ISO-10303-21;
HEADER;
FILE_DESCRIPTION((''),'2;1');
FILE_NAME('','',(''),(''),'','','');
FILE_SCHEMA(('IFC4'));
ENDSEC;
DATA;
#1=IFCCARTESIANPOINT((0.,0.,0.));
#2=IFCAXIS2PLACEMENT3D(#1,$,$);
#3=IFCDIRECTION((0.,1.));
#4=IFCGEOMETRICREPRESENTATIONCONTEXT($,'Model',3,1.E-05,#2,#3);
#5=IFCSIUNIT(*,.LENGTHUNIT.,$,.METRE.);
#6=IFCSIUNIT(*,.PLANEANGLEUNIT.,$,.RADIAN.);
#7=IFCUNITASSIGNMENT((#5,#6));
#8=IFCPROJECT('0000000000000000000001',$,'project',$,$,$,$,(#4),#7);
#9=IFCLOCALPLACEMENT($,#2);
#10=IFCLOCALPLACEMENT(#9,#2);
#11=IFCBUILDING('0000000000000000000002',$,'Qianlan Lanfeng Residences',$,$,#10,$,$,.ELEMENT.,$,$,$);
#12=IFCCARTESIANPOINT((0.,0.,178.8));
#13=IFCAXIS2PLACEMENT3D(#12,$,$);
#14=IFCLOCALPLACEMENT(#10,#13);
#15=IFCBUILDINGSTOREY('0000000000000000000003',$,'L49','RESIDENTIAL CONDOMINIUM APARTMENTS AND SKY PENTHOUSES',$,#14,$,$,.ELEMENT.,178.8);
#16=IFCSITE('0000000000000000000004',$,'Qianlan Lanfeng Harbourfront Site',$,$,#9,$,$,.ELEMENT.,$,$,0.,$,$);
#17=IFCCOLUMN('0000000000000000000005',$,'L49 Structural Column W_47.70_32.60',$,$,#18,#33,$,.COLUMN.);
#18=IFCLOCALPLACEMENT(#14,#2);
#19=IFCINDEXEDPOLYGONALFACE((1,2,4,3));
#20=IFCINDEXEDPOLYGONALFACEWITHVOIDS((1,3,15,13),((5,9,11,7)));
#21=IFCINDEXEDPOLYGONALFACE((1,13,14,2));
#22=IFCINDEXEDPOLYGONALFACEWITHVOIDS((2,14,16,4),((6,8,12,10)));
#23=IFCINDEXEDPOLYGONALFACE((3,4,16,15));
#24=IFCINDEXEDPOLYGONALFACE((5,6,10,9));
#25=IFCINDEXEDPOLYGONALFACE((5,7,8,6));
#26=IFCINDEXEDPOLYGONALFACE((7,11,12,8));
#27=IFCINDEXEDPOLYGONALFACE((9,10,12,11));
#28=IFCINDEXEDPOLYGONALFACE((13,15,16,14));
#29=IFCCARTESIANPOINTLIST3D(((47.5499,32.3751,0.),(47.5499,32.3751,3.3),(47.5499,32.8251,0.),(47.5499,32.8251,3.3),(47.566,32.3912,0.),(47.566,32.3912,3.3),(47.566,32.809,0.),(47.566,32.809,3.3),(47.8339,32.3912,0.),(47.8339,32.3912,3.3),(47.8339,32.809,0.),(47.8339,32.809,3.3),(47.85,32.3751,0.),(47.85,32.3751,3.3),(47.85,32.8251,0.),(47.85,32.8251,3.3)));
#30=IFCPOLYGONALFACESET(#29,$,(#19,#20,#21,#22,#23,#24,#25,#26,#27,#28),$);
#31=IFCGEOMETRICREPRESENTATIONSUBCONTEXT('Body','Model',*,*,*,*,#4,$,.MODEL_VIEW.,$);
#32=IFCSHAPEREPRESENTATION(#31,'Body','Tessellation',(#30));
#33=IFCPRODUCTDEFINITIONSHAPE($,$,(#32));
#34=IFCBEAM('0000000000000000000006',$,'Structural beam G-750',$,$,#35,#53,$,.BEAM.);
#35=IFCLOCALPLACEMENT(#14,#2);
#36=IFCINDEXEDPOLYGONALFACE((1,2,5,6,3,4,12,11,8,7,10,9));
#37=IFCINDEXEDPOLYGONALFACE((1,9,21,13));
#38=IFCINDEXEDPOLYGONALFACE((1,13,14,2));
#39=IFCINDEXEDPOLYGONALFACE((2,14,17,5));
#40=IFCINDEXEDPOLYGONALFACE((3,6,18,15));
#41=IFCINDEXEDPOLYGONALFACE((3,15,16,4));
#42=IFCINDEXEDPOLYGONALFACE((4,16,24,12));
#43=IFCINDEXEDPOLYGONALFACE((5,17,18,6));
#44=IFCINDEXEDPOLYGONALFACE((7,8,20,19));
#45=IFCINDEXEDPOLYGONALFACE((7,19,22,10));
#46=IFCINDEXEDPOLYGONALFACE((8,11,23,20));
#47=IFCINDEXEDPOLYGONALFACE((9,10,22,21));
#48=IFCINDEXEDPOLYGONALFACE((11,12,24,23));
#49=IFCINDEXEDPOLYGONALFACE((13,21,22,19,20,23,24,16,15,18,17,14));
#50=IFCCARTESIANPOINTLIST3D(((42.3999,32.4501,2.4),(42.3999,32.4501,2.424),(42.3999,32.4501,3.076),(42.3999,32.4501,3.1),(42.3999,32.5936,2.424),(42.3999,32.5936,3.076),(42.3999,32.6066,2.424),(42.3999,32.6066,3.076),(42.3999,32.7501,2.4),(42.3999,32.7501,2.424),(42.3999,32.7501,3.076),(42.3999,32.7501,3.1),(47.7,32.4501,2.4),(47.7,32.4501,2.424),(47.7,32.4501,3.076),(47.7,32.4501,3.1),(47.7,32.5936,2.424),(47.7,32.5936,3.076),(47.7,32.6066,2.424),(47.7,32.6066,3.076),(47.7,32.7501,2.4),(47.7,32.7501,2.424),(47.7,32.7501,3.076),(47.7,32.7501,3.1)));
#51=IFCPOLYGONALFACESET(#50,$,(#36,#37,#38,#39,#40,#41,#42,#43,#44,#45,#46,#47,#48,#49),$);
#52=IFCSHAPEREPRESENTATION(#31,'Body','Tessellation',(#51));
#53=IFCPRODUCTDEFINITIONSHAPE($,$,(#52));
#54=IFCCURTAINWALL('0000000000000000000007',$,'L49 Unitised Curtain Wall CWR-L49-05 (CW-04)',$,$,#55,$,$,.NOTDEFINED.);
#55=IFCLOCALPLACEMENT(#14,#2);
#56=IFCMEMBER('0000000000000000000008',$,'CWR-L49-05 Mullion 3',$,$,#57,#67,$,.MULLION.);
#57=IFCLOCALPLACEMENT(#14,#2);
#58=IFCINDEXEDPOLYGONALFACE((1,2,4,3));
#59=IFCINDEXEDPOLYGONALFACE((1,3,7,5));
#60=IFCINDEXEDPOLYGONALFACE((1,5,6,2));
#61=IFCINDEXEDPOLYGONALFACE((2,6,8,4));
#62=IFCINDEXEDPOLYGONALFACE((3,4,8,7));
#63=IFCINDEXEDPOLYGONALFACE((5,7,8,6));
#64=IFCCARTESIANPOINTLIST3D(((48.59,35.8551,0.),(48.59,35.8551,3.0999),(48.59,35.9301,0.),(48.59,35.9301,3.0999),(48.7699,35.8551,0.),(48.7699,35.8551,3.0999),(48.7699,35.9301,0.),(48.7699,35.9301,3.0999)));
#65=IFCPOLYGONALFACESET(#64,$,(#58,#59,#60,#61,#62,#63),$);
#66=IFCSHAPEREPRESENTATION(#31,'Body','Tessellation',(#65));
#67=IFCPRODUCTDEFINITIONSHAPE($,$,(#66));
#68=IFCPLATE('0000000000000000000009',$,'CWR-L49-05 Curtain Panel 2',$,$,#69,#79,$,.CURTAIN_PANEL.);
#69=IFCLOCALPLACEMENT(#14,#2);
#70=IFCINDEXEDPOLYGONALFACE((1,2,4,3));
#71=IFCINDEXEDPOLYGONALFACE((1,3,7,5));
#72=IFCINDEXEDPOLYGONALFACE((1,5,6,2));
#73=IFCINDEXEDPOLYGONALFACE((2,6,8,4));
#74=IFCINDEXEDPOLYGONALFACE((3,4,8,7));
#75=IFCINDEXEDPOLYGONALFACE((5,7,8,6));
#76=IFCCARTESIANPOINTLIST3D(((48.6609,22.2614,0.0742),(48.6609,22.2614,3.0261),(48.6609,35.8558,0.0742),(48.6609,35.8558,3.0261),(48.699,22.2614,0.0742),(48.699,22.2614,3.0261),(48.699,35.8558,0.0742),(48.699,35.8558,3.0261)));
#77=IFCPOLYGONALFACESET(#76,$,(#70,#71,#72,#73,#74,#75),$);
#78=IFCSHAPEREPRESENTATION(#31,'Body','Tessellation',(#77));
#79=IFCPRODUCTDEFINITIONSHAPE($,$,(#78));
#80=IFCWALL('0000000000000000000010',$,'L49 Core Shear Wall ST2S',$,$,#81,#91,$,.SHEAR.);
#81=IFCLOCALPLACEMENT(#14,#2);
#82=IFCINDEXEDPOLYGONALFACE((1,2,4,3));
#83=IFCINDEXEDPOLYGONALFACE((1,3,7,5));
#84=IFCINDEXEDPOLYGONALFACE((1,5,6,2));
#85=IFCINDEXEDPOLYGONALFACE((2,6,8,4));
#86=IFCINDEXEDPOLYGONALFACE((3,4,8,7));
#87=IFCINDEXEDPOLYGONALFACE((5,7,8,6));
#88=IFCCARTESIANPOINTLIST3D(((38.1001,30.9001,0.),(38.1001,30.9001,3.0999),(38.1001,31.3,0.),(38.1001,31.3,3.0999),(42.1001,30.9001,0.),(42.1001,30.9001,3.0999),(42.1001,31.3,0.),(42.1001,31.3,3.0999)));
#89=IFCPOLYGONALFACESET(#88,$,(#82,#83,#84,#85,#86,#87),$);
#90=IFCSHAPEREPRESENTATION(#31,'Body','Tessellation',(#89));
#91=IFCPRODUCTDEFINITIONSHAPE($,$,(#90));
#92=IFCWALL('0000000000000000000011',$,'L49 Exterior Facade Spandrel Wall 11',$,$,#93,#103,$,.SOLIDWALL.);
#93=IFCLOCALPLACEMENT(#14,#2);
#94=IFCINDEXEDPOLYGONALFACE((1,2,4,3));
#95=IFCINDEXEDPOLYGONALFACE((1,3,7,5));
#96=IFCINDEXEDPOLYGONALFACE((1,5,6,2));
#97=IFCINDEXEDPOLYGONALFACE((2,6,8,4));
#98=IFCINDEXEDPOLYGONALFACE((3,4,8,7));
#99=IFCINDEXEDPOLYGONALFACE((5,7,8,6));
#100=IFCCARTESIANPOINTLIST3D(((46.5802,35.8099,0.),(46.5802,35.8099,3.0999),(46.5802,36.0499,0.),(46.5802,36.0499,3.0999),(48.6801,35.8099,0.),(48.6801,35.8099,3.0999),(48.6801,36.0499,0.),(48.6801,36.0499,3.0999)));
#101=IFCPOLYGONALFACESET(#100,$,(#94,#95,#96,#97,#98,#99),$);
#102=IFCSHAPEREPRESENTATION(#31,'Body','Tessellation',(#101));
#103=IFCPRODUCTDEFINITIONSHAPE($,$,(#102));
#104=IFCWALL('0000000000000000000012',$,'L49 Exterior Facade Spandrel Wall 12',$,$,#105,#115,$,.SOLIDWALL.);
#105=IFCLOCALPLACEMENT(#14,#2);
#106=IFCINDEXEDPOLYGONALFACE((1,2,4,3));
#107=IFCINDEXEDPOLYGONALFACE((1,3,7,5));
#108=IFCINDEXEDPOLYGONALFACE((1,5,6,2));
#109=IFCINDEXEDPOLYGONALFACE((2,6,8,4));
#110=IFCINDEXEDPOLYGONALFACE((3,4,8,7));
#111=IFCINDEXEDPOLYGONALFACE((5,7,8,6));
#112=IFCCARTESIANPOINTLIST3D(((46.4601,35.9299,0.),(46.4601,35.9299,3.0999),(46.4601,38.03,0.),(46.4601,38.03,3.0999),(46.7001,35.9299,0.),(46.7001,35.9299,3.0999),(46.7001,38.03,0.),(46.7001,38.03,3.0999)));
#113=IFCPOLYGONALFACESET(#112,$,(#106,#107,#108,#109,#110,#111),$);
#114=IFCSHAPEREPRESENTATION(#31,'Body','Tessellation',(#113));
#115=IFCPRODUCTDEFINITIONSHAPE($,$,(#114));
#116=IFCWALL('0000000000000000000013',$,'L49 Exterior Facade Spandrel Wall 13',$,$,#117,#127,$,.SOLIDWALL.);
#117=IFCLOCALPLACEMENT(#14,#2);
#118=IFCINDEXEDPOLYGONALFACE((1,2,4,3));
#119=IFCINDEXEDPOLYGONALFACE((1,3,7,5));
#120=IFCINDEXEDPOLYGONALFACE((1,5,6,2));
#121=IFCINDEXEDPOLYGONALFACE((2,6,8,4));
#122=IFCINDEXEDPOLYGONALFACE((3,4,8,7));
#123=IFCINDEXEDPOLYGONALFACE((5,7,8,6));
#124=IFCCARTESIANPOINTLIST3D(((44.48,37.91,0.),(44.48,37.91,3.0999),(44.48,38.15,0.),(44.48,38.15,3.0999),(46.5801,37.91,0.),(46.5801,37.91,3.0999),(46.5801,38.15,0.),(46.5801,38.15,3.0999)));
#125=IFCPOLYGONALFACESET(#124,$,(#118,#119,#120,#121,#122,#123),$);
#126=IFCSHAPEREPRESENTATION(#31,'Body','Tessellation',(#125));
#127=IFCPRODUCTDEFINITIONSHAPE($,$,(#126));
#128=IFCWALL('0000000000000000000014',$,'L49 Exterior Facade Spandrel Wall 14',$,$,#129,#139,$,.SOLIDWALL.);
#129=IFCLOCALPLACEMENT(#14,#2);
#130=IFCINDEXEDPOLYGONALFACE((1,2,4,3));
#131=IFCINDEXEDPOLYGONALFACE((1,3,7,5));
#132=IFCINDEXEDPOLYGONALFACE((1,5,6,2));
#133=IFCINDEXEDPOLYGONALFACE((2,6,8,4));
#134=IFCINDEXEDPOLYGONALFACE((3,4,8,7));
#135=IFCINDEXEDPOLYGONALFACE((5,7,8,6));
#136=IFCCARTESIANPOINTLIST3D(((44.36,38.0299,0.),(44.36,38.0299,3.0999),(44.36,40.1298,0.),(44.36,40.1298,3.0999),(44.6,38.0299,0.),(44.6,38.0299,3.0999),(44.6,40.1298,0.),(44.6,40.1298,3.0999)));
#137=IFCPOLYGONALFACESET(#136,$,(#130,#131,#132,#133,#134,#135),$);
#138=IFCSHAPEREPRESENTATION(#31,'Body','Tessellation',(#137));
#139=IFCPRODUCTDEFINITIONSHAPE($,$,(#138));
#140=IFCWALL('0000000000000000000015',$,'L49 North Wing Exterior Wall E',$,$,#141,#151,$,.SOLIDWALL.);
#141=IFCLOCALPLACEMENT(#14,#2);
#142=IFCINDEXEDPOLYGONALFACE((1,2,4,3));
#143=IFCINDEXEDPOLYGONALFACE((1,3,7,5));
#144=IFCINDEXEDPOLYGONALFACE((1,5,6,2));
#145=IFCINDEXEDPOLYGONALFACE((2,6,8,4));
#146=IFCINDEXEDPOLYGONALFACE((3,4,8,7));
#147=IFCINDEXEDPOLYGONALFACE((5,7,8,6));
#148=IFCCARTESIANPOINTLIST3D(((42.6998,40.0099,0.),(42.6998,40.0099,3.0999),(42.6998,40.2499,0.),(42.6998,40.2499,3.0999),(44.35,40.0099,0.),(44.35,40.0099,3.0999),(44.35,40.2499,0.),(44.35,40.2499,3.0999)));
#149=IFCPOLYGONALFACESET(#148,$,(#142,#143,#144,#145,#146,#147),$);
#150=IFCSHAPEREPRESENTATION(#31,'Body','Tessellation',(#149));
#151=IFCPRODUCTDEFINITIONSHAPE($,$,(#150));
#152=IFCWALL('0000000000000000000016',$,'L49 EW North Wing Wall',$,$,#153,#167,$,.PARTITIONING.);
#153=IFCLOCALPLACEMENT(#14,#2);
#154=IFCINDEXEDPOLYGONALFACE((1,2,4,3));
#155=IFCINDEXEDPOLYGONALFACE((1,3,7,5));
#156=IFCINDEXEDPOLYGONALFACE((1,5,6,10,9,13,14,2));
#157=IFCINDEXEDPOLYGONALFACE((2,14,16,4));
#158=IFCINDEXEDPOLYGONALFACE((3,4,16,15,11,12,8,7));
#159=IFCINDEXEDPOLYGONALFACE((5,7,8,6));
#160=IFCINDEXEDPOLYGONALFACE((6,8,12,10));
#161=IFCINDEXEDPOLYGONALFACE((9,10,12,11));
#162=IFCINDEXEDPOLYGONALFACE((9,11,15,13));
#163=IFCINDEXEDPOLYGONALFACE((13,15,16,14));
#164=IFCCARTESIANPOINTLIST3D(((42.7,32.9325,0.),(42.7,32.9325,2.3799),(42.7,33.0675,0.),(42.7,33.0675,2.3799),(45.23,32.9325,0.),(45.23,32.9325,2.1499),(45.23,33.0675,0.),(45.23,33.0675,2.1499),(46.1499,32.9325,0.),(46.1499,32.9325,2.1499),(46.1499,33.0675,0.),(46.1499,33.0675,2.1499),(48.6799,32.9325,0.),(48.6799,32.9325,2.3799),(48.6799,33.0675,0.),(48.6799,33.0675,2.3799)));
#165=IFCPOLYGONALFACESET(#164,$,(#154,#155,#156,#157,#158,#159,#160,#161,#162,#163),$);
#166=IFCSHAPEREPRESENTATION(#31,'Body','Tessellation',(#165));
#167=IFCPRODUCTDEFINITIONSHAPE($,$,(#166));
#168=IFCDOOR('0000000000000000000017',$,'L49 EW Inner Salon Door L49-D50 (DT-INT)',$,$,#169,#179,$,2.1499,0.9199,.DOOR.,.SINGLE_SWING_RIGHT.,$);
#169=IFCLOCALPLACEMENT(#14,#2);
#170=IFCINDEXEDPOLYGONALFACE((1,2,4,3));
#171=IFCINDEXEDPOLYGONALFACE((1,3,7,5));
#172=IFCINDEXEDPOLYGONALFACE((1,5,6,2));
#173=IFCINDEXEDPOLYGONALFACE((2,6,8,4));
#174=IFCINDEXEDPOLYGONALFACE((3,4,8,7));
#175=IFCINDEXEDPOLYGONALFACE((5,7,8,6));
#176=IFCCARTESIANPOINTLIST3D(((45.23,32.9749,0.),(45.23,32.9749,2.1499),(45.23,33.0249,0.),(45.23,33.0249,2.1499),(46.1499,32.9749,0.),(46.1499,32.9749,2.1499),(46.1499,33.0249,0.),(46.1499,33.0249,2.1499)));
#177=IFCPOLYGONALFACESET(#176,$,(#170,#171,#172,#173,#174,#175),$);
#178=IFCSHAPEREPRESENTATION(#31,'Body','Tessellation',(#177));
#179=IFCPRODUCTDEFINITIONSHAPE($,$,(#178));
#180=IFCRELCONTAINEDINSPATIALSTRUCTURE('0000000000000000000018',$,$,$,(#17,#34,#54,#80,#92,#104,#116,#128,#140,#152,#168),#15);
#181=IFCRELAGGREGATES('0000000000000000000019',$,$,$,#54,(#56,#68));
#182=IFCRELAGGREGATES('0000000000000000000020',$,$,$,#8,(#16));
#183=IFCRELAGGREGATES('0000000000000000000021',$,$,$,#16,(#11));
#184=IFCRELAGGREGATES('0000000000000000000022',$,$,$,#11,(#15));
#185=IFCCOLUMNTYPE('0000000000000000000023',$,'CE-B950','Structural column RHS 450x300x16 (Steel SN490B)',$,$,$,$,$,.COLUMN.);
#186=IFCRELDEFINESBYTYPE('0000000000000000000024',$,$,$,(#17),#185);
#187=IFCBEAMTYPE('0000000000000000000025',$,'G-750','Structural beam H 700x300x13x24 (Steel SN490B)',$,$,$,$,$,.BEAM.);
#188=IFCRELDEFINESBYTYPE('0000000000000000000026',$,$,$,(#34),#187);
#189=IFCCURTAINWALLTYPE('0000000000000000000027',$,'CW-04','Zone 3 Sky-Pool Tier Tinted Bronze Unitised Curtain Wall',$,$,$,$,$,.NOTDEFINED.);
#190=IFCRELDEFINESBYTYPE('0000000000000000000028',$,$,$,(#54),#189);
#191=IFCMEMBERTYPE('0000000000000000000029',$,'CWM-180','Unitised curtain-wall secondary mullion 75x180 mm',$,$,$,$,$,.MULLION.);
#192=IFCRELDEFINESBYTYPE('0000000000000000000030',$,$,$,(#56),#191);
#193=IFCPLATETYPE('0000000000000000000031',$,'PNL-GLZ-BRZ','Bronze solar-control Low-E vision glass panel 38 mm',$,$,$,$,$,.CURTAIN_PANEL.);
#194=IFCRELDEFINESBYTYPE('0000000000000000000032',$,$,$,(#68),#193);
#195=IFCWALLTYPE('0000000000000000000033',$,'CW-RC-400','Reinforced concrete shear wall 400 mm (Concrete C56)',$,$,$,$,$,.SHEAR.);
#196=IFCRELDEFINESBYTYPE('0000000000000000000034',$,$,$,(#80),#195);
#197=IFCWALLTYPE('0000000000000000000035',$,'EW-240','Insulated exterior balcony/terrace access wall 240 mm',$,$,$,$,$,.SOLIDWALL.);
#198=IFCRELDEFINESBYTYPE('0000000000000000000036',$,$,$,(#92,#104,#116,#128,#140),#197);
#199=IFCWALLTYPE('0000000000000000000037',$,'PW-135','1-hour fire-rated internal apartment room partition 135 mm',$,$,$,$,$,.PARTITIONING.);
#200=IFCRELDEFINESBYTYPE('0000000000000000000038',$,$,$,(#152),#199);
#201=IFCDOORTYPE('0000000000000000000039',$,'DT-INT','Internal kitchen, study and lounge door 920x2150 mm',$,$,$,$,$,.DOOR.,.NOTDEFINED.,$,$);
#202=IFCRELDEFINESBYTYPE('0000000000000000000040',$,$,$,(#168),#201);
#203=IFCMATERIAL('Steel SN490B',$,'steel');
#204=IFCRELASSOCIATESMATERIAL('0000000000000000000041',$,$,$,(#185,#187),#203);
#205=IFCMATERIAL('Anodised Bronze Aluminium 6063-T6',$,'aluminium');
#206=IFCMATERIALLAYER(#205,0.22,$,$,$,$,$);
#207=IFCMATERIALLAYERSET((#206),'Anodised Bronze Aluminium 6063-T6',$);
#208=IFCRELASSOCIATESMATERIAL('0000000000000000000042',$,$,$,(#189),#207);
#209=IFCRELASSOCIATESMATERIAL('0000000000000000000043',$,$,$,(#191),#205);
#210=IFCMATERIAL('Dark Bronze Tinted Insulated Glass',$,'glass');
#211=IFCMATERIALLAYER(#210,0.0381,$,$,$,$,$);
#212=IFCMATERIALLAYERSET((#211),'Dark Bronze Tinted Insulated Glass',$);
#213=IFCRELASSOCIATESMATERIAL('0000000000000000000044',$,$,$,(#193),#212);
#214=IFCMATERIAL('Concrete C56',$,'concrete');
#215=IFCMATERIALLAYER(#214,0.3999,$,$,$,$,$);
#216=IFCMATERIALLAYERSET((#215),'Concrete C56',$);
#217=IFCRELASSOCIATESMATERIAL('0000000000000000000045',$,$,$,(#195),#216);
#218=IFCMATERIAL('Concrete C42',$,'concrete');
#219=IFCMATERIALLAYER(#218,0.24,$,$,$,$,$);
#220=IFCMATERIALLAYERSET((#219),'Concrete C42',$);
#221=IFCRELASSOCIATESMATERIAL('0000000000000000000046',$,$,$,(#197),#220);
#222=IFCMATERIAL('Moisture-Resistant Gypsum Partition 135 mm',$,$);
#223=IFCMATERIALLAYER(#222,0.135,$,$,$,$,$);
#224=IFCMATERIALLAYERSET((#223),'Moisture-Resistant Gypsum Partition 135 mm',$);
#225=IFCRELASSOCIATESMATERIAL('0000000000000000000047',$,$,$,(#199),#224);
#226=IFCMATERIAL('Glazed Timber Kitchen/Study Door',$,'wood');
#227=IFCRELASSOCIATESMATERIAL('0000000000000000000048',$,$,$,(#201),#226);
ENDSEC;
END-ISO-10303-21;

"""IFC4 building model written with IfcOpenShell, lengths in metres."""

from ifc_helpers import new_model, si_unit, direction, frame, frame_2d, origin, origin_2d, place, context, subcontext, project, spatial, rectangle, hollow_rectangle, i_section, extrude, source, transform, mapped, material, layer, layer_set, material_profile, profile_set, type_object, element, fill, aggregate, save


model = new_model("IFC4")

# Units and contexts
model_context = context("Model", 3, precision=1e-05, world=origin(), true_north=direction((0.0, 1.0)))
body_context = subcontext(model_context, "Body", "Model", "MODEL_VIEW")
ifc_project = project(units=[si_unit("LENGTHUNIT", "METRE"), si_unit("PLANEANGLEUNIT", "RADIAN")], contexts=[model_context])

# Site, building, storey
site_placement = place(None, origin())
site = spatial("IfcSite", under=ifc_project, at=site_placement, Name="Qianlan Lanfeng Harbourfront Site", CompositionType="ELEMENT", RefElevation=0.0)
building_placement = place(site_placement, origin())
building = spatial("IfcBuilding", under=site, at=building_placement, Name="Qianlan Lanfeng Residences", CompositionType="ELEMENT")
storey_placement = place(building_placement, frame((0.0, 0.0, 178.8)))
storey = spatial("IfcBuildingStorey", under=building, at=storey_placement, Name="L49", Description="RESIDENTIAL CONDOMINIUM APARTMENTS AND SKY PENTHOUSES", CompositionType="ELEMENT", Elevation=178.8)

# Column
ifc_material_1 = material(Name="Steel SN490B", Category="steel")
ifc_material_profile_1 = material_profile(ifc_material_1, hollow_rectangle(XDim=0.3, YDim=0.45, WallThickness=0.0161, at=origin_2d()), Name="RHS 450x300x16")
ifc_profile_set_1 = profile_set([ifc_material_profile_1], Name="Steel SN490B")
column_type = type_object("IfcColumnType", Name="CE-B950", Description="Structural column RHS 450x300x16 (Steel SN490B)", PredefinedType="COLUMN", material=ifc_profile_set_1)
column_placement = place(storey_placement, frame((47.7, 32.6001, 0.0), z_axis=(0.0, 0.0, 1.0), x_axis=(1.0, 0.0, 0.0)))
element("IfcColumn", 1, at=column_placement, inside=storey, type_object=column_type, Name="L49 Structural Column W_47.70_32.60", PredefinedType="COLUMN", context=body_context, shape_type="SweptSolid", body=[
    extrude(hollow_rectangle(XDim=0.3, YDim=0.45, WallThickness=0.0161, at=origin_2d()), origin(), (0.0, 0.0, 1.0), 3.3),
])

# Beam
ifc_material_profile_2 = material_profile(ifc_material_1, i_section(OverallWidth=0.3, OverallDepth=0.7, WebThickness=0.0129, FlangeThickness=0.0239, at=origin_2d()), Name="H 700x300x13x24")
ifc_profile_set_2 = profile_set([ifc_material_profile_2], Name="Steel SN490B")
beam_type = type_object("IfcBeamType", Name="G-750", Description="Structural beam H 700x300x13x24 (Steel SN490B)", PredefinedType="BEAM", material=ifc_profile_set_2)
beam_placement = place(storey_placement, frame((42.3999, 32.6001, 2.75), z_axis=(1.0, 0.0, 0.0), x_axis=(0.0, 1.0, 0.0)))
element("IfcBeam", 2, at=beam_placement, inside=storey, type_object=beam_type, Name="Structural beam G-750", PredefinedType="BEAM", context=body_context, shape_type="SweptSolid", body=[
    extrude(i_section(OverallWidth=0.3, OverallDepth=0.7, WebThickness=0.0129, FlangeThickness=0.0239, at=origin_2d()), origin(), (0.0, 0.0, 1.0), 5.3),
])

# Curtain wall, member, plate
ifc_material_2 = material(Name="Anodised Bronze Aluminium 6063-T6", Category="aluminium")
ifc_layer_1 = layer(ifc_material_2, 0.22)
ifc_layer_set_1 = layer_set([ifc_layer_1], Name="Anodised Bronze Aluminium 6063-T6")
curtain_wall_type = type_object("IfcCurtainWallType", Name="CW-04", Description="Zone 3 Sky-Pool Tier Tinted Bronze Unitised Curtain Wall", PredefinedType="NOTDEFINED", material=ifc_layer_set_1)
curtain_wall_placement = place(storey_placement, origin())
curtain_wall = element("IfcCurtainWall", 3, at=curtain_wall_placement, inside=storey, type_object=curtain_wall_type, Name="L49 Unitised Curtain Wall CWR-L49-05 (CW-04)", PredefinedType="NOTDEFINED")
ifc_material_profile_3 = material_profile(ifc_material_2, rectangle(XDim=0.075, YDim=0.1799, at=origin_2d()), Name="ALU MULLION 75x180")
ifc_profile_set_3 = profile_set([ifc_material_profile_3], Name="Anodised Bronze Aluminium 6063-T6")
member_type = type_object("IfcMemberType", Name="CWM-180", Description="Unitised curtain-wall secondary mullion 75x180 mm", PredefinedType="MULLION", material=ifc_profile_set_3)
shared_shape_1 = source(origin(), body_context, "Body", "SweptSolid", [
    extrude(rectangle(XDim=0.075, YDim=0.1799, at=origin_2d()), origin(), (0.0, 0.0, 1.0), 3.0999),
])
member_placement = place(storey_placement, frame((48.6799, 35.8926, 0.0), z_axis=(0.0, 0.0, 1.0), x_axis=(0.0, 1.0, 0.0)))
member = element("IfcMember", 4, at=member_placement, type_object=member_type, Name="CWR-L49-05 Mullion 3", PredefinedType="MULLION", context=body_context, shape_type="MappedRepresentation", body=[
    mapped(shared_shape_1, transform((0.0, 0.0, 0.0), scale=1.0)),
])
ifc_material_3 = material(Name="Dark Bronze Tinted Insulated Glass", Category="glass")
ifc_layer_2 = layer(ifc_material_3, 0.0381)
ifc_layer_set_2 = layer_set([ifc_layer_2], Name="Dark Bronze Tinted Insulated Glass")
plate_type = type_object("IfcPlateType", Name="PNL-GLZ-BRZ", Description="Bronze solar-control Low-E vision glass panel 38 mm", PredefinedType="CURTAIN_PANEL", material=ifc_layer_set_2)
shared_shape_2 = source(origin(), body_context, "Body", "SweptSolid", [
    extrude(rectangle(XDim=13.5945, YDim=0.0381, at=origin_2d()), origin(), (0.0, 0.0, 1.0), 2.9519),
])
plate_placement = place(storey_placement, frame((48.6799, 29.0586, 0.0742), z_axis=(0.0, 0.0, 1.0), x_axis=(0.0, 1.0, 0.0)))
plate = element("IfcPlate", 5, at=plate_placement, type_object=plate_type, Name="CWR-L49-05 Curtain Panel 2", PredefinedType="CURTAIN_PANEL", context=body_context, shape_type="MappedRepresentation", body=[
    mapped(shared_shape_2, transform((0.0, 0.0, 0.0), scale=1.0)),
])
aggregate(curtain_wall, [member, plate])

# Walls
ifc_material_4 = material(Name="Concrete C56", Category="concrete")
ifc_layer_3 = layer(ifc_material_4, 0.3999)
ifc_layer_set_3 = layer_set([ifc_layer_3], Name="Concrete C56")
wall_type_1 = type_object("IfcWallType", Name="CW-RC-400", Description="Reinforced concrete shear wall 400 mm (Concrete C56)", PredefinedType="SHEAR", material=ifc_layer_set_3)
wall_1_placement = place(storey_placement, frame((38.1001, 31.1001, 0.0), z_axis=(0.0, 0.0, 1.0), x_axis=(1.0, 0.0, 0.0)))
element("IfcWall", 6, at=wall_1_placement, inside=storey, type_object=wall_type_1, Name="L49 Core Shear Wall ST2S", PredefinedType="SHEAR", context=body_context, shape_type="SweptSolid", body=[
    extrude(rectangle(XDim=4.0, YDim=0.3999, at=frame_2d((2.0, 0.0))), origin(), (0.0, 0.0, 1.0), 3.0999),
])
ifc_material_5 = material(Name="Concrete C42", Category="concrete")
ifc_layer_4 = layer(ifc_material_5, 0.24)
ifc_layer_set_4 = layer_set([ifc_layer_4], Name="Concrete C42")
wall_type_2 = type_object("IfcWallType", Name="EW-240", Description="Insulated exterior balcony/terrace access wall 240 mm", PredefinedType="SOLIDWALL", material=ifc_layer_set_4)
wall_2_placement = place(storey_placement, frame((48.6799, 35.9299, 0.0), z_axis=(0.0, 0.0, 1.0), x_axis=(-1.0, 0.0, 0.0)))
element("IfcWall", 7, at=wall_2_placement, inside=storey, type_object=wall_type_2, Name="L49 Exterior Facade Spandrel Wall 11", PredefinedType="SOLIDWALL", context=body_context, shape_type="SweptSolid", body=[
    extrude(rectangle(XDim=2.0999, YDim=0.24, at=frame_2d((1.0498, 0.0))), origin(), (0.0, 0.0, 1.0), 3.0999),
])
for number, where, z_axis, x_axis, name in (
    (8, (46.5801, 35.9299, 0.0), (0.0, 0.0, 1.0), (0.0, 1.0, 0.0), "L49 Exterior Facade Spandrel Wall 12"),
    (9, (46.5801, 38.03, 0.0), (0.0, 0.0, 1.0), (-1.0, 0.0, 0.0), "L49 Exterior Facade Spandrel Wall 13"),
):
    element("IfcWall", number, at=place(storey_placement, frame(where, z_axis=z_axis, x_axis=x_axis)), inside=storey, type_object=wall_type_2, Name=name, PredefinedType="SOLIDWALL", context=body_context, shape_type="SweptSolid", body=[
        extrude(rectangle(XDim=2.1001, YDim=0.24, at=frame_2d((1.05, 0.0))), origin(), (0.0, 0.0, 1.0), 3.0999),
    ])
wall_3_placement = place(storey_placement, frame((44.48, 38.03, 0.0), z_axis=(0.0, 0.0, 1.0), x_axis=(0.0, 1.0, 0.0)))
element("IfcWall", 10, at=wall_3_placement, inside=storey, type_object=wall_type_2, Name="L49 Exterior Facade Spandrel Wall 14", PredefinedType="SOLIDWALL", context=body_context, shape_type="SweptSolid", body=[
    extrude(rectangle(XDim=2.0999, YDim=0.24, at=frame_2d((1.0498, 0.0))), origin(), (0.0, 0.0, 1.0), 3.0999),
])
wall_4_placement = place(storey_placement, frame((44.3501, 40.1299, 0.0), z_axis=(0.0, 0.0, 1.0), x_axis=(-1.0, 0.0, 0.0)))
element("IfcWall", 11, at=wall_4_placement, inside=storey, type_object=wall_type_2, Name="L49 North Wing Exterior Wall E", PredefinedType="SOLIDWALL", context=body_context, shape_type="SweptSolid", body=[
    extrude(rectangle(XDim=1.6501, YDim=0.24, at=frame_2d((0.8252, 0.0))), origin(), (0.0, 0.0, 1.0), 3.0999),
])

# Wall, opening, door
ifc_material_6 = material(Name="Moisture-Resistant Gypsum Partition 135 mm")
ifc_layer_5 = layer(ifc_material_6, 0.135)
ifc_layer_set_5 = layer_set([ifc_layer_5], Name="Moisture-Resistant Gypsum Partition 135 mm")
wall_type_3 = type_object("IfcWallType", Name="PW-135", Description="1-hour fire-rated internal apartment room partition 135 mm", PredefinedType="PARTITIONING", material=ifc_layer_set_5)
wall_5_placement = place(storey_placement, frame((42.7, 33.0, 0.0), z_axis=(0.0, 0.0, 1.0), x_axis=(1.0, 0.0, 0.0)))
wall_5 = element("IfcWall", 12, at=wall_5_placement, inside=storey, type_object=wall_type_3, Name="L49 EW North Wing Wall", PredefinedType="PARTITIONING", context=body_context, shape_type="SweptSolid", body=[
    extrude(rectangle(XDim=5.98, YDim=0.135, at=frame_2d((2.99, 0.0))), origin(), (0.0, 0.0, 1.0), 2.3799),
])
opening_placement = place(wall_5_placement, frame((2.53, 0.0, 0.0)))
opening = element("IfcOpeningElement", 13, at=opening_placement, cuts=wall_5, PredefinedType="OPENING", context=body_context, shape_type="SweptSolid", body=[
    extrude(rectangle(XDim=0.9199, YDim=2.1499, at=frame_2d((0.46, 1.075))), frame((0.0, 0.0776, 0.0), z_axis=(0.0, -1.0, 0.0), x_axis=(1.0, 0.0, 0.0)), (0.0, 0.0, 1.0), 0.155),
])
ifc_material_7 = material(Name="Glazed Timber Kitchen/Study Door", Category="wood")
door_type = type_object("IfcDoorType", Name="DT-INT", Description="Internal kitchen, study and lounge door 920x2150 mm", OperationType="NOTDEFINED", PredefinedType="DOOR", material=ifc_material_7)
door_placement = place(opening_placement, origin())
door = element("IfcDoor", 14, at=door_placement, inside=storey, type_object=door_type, Name="L49 EW Inner Salon Door L49-D50 (DT-INT)", OperationType="SINGLE_SWING_RIGHT", OverallHeight=2.1499, OverallWidth=0.9199, PredefinedType="DOOR", context=body_context, shape_type="SweptSolid", body=[
    extrude(rectangle(XDim=0.9199, YDim=2.1499, at=frame_2d((0.46, 1.075))), frame((0.0, 0.0249, 0.0), z_axis=(0.0, -1.0, 0.0), x_axis=(1.0, 0.0, 0.0)), (0.0, 0.0, 1.0), 0.05),
])
fill(opening, door)

save(model, "model.ifc")
